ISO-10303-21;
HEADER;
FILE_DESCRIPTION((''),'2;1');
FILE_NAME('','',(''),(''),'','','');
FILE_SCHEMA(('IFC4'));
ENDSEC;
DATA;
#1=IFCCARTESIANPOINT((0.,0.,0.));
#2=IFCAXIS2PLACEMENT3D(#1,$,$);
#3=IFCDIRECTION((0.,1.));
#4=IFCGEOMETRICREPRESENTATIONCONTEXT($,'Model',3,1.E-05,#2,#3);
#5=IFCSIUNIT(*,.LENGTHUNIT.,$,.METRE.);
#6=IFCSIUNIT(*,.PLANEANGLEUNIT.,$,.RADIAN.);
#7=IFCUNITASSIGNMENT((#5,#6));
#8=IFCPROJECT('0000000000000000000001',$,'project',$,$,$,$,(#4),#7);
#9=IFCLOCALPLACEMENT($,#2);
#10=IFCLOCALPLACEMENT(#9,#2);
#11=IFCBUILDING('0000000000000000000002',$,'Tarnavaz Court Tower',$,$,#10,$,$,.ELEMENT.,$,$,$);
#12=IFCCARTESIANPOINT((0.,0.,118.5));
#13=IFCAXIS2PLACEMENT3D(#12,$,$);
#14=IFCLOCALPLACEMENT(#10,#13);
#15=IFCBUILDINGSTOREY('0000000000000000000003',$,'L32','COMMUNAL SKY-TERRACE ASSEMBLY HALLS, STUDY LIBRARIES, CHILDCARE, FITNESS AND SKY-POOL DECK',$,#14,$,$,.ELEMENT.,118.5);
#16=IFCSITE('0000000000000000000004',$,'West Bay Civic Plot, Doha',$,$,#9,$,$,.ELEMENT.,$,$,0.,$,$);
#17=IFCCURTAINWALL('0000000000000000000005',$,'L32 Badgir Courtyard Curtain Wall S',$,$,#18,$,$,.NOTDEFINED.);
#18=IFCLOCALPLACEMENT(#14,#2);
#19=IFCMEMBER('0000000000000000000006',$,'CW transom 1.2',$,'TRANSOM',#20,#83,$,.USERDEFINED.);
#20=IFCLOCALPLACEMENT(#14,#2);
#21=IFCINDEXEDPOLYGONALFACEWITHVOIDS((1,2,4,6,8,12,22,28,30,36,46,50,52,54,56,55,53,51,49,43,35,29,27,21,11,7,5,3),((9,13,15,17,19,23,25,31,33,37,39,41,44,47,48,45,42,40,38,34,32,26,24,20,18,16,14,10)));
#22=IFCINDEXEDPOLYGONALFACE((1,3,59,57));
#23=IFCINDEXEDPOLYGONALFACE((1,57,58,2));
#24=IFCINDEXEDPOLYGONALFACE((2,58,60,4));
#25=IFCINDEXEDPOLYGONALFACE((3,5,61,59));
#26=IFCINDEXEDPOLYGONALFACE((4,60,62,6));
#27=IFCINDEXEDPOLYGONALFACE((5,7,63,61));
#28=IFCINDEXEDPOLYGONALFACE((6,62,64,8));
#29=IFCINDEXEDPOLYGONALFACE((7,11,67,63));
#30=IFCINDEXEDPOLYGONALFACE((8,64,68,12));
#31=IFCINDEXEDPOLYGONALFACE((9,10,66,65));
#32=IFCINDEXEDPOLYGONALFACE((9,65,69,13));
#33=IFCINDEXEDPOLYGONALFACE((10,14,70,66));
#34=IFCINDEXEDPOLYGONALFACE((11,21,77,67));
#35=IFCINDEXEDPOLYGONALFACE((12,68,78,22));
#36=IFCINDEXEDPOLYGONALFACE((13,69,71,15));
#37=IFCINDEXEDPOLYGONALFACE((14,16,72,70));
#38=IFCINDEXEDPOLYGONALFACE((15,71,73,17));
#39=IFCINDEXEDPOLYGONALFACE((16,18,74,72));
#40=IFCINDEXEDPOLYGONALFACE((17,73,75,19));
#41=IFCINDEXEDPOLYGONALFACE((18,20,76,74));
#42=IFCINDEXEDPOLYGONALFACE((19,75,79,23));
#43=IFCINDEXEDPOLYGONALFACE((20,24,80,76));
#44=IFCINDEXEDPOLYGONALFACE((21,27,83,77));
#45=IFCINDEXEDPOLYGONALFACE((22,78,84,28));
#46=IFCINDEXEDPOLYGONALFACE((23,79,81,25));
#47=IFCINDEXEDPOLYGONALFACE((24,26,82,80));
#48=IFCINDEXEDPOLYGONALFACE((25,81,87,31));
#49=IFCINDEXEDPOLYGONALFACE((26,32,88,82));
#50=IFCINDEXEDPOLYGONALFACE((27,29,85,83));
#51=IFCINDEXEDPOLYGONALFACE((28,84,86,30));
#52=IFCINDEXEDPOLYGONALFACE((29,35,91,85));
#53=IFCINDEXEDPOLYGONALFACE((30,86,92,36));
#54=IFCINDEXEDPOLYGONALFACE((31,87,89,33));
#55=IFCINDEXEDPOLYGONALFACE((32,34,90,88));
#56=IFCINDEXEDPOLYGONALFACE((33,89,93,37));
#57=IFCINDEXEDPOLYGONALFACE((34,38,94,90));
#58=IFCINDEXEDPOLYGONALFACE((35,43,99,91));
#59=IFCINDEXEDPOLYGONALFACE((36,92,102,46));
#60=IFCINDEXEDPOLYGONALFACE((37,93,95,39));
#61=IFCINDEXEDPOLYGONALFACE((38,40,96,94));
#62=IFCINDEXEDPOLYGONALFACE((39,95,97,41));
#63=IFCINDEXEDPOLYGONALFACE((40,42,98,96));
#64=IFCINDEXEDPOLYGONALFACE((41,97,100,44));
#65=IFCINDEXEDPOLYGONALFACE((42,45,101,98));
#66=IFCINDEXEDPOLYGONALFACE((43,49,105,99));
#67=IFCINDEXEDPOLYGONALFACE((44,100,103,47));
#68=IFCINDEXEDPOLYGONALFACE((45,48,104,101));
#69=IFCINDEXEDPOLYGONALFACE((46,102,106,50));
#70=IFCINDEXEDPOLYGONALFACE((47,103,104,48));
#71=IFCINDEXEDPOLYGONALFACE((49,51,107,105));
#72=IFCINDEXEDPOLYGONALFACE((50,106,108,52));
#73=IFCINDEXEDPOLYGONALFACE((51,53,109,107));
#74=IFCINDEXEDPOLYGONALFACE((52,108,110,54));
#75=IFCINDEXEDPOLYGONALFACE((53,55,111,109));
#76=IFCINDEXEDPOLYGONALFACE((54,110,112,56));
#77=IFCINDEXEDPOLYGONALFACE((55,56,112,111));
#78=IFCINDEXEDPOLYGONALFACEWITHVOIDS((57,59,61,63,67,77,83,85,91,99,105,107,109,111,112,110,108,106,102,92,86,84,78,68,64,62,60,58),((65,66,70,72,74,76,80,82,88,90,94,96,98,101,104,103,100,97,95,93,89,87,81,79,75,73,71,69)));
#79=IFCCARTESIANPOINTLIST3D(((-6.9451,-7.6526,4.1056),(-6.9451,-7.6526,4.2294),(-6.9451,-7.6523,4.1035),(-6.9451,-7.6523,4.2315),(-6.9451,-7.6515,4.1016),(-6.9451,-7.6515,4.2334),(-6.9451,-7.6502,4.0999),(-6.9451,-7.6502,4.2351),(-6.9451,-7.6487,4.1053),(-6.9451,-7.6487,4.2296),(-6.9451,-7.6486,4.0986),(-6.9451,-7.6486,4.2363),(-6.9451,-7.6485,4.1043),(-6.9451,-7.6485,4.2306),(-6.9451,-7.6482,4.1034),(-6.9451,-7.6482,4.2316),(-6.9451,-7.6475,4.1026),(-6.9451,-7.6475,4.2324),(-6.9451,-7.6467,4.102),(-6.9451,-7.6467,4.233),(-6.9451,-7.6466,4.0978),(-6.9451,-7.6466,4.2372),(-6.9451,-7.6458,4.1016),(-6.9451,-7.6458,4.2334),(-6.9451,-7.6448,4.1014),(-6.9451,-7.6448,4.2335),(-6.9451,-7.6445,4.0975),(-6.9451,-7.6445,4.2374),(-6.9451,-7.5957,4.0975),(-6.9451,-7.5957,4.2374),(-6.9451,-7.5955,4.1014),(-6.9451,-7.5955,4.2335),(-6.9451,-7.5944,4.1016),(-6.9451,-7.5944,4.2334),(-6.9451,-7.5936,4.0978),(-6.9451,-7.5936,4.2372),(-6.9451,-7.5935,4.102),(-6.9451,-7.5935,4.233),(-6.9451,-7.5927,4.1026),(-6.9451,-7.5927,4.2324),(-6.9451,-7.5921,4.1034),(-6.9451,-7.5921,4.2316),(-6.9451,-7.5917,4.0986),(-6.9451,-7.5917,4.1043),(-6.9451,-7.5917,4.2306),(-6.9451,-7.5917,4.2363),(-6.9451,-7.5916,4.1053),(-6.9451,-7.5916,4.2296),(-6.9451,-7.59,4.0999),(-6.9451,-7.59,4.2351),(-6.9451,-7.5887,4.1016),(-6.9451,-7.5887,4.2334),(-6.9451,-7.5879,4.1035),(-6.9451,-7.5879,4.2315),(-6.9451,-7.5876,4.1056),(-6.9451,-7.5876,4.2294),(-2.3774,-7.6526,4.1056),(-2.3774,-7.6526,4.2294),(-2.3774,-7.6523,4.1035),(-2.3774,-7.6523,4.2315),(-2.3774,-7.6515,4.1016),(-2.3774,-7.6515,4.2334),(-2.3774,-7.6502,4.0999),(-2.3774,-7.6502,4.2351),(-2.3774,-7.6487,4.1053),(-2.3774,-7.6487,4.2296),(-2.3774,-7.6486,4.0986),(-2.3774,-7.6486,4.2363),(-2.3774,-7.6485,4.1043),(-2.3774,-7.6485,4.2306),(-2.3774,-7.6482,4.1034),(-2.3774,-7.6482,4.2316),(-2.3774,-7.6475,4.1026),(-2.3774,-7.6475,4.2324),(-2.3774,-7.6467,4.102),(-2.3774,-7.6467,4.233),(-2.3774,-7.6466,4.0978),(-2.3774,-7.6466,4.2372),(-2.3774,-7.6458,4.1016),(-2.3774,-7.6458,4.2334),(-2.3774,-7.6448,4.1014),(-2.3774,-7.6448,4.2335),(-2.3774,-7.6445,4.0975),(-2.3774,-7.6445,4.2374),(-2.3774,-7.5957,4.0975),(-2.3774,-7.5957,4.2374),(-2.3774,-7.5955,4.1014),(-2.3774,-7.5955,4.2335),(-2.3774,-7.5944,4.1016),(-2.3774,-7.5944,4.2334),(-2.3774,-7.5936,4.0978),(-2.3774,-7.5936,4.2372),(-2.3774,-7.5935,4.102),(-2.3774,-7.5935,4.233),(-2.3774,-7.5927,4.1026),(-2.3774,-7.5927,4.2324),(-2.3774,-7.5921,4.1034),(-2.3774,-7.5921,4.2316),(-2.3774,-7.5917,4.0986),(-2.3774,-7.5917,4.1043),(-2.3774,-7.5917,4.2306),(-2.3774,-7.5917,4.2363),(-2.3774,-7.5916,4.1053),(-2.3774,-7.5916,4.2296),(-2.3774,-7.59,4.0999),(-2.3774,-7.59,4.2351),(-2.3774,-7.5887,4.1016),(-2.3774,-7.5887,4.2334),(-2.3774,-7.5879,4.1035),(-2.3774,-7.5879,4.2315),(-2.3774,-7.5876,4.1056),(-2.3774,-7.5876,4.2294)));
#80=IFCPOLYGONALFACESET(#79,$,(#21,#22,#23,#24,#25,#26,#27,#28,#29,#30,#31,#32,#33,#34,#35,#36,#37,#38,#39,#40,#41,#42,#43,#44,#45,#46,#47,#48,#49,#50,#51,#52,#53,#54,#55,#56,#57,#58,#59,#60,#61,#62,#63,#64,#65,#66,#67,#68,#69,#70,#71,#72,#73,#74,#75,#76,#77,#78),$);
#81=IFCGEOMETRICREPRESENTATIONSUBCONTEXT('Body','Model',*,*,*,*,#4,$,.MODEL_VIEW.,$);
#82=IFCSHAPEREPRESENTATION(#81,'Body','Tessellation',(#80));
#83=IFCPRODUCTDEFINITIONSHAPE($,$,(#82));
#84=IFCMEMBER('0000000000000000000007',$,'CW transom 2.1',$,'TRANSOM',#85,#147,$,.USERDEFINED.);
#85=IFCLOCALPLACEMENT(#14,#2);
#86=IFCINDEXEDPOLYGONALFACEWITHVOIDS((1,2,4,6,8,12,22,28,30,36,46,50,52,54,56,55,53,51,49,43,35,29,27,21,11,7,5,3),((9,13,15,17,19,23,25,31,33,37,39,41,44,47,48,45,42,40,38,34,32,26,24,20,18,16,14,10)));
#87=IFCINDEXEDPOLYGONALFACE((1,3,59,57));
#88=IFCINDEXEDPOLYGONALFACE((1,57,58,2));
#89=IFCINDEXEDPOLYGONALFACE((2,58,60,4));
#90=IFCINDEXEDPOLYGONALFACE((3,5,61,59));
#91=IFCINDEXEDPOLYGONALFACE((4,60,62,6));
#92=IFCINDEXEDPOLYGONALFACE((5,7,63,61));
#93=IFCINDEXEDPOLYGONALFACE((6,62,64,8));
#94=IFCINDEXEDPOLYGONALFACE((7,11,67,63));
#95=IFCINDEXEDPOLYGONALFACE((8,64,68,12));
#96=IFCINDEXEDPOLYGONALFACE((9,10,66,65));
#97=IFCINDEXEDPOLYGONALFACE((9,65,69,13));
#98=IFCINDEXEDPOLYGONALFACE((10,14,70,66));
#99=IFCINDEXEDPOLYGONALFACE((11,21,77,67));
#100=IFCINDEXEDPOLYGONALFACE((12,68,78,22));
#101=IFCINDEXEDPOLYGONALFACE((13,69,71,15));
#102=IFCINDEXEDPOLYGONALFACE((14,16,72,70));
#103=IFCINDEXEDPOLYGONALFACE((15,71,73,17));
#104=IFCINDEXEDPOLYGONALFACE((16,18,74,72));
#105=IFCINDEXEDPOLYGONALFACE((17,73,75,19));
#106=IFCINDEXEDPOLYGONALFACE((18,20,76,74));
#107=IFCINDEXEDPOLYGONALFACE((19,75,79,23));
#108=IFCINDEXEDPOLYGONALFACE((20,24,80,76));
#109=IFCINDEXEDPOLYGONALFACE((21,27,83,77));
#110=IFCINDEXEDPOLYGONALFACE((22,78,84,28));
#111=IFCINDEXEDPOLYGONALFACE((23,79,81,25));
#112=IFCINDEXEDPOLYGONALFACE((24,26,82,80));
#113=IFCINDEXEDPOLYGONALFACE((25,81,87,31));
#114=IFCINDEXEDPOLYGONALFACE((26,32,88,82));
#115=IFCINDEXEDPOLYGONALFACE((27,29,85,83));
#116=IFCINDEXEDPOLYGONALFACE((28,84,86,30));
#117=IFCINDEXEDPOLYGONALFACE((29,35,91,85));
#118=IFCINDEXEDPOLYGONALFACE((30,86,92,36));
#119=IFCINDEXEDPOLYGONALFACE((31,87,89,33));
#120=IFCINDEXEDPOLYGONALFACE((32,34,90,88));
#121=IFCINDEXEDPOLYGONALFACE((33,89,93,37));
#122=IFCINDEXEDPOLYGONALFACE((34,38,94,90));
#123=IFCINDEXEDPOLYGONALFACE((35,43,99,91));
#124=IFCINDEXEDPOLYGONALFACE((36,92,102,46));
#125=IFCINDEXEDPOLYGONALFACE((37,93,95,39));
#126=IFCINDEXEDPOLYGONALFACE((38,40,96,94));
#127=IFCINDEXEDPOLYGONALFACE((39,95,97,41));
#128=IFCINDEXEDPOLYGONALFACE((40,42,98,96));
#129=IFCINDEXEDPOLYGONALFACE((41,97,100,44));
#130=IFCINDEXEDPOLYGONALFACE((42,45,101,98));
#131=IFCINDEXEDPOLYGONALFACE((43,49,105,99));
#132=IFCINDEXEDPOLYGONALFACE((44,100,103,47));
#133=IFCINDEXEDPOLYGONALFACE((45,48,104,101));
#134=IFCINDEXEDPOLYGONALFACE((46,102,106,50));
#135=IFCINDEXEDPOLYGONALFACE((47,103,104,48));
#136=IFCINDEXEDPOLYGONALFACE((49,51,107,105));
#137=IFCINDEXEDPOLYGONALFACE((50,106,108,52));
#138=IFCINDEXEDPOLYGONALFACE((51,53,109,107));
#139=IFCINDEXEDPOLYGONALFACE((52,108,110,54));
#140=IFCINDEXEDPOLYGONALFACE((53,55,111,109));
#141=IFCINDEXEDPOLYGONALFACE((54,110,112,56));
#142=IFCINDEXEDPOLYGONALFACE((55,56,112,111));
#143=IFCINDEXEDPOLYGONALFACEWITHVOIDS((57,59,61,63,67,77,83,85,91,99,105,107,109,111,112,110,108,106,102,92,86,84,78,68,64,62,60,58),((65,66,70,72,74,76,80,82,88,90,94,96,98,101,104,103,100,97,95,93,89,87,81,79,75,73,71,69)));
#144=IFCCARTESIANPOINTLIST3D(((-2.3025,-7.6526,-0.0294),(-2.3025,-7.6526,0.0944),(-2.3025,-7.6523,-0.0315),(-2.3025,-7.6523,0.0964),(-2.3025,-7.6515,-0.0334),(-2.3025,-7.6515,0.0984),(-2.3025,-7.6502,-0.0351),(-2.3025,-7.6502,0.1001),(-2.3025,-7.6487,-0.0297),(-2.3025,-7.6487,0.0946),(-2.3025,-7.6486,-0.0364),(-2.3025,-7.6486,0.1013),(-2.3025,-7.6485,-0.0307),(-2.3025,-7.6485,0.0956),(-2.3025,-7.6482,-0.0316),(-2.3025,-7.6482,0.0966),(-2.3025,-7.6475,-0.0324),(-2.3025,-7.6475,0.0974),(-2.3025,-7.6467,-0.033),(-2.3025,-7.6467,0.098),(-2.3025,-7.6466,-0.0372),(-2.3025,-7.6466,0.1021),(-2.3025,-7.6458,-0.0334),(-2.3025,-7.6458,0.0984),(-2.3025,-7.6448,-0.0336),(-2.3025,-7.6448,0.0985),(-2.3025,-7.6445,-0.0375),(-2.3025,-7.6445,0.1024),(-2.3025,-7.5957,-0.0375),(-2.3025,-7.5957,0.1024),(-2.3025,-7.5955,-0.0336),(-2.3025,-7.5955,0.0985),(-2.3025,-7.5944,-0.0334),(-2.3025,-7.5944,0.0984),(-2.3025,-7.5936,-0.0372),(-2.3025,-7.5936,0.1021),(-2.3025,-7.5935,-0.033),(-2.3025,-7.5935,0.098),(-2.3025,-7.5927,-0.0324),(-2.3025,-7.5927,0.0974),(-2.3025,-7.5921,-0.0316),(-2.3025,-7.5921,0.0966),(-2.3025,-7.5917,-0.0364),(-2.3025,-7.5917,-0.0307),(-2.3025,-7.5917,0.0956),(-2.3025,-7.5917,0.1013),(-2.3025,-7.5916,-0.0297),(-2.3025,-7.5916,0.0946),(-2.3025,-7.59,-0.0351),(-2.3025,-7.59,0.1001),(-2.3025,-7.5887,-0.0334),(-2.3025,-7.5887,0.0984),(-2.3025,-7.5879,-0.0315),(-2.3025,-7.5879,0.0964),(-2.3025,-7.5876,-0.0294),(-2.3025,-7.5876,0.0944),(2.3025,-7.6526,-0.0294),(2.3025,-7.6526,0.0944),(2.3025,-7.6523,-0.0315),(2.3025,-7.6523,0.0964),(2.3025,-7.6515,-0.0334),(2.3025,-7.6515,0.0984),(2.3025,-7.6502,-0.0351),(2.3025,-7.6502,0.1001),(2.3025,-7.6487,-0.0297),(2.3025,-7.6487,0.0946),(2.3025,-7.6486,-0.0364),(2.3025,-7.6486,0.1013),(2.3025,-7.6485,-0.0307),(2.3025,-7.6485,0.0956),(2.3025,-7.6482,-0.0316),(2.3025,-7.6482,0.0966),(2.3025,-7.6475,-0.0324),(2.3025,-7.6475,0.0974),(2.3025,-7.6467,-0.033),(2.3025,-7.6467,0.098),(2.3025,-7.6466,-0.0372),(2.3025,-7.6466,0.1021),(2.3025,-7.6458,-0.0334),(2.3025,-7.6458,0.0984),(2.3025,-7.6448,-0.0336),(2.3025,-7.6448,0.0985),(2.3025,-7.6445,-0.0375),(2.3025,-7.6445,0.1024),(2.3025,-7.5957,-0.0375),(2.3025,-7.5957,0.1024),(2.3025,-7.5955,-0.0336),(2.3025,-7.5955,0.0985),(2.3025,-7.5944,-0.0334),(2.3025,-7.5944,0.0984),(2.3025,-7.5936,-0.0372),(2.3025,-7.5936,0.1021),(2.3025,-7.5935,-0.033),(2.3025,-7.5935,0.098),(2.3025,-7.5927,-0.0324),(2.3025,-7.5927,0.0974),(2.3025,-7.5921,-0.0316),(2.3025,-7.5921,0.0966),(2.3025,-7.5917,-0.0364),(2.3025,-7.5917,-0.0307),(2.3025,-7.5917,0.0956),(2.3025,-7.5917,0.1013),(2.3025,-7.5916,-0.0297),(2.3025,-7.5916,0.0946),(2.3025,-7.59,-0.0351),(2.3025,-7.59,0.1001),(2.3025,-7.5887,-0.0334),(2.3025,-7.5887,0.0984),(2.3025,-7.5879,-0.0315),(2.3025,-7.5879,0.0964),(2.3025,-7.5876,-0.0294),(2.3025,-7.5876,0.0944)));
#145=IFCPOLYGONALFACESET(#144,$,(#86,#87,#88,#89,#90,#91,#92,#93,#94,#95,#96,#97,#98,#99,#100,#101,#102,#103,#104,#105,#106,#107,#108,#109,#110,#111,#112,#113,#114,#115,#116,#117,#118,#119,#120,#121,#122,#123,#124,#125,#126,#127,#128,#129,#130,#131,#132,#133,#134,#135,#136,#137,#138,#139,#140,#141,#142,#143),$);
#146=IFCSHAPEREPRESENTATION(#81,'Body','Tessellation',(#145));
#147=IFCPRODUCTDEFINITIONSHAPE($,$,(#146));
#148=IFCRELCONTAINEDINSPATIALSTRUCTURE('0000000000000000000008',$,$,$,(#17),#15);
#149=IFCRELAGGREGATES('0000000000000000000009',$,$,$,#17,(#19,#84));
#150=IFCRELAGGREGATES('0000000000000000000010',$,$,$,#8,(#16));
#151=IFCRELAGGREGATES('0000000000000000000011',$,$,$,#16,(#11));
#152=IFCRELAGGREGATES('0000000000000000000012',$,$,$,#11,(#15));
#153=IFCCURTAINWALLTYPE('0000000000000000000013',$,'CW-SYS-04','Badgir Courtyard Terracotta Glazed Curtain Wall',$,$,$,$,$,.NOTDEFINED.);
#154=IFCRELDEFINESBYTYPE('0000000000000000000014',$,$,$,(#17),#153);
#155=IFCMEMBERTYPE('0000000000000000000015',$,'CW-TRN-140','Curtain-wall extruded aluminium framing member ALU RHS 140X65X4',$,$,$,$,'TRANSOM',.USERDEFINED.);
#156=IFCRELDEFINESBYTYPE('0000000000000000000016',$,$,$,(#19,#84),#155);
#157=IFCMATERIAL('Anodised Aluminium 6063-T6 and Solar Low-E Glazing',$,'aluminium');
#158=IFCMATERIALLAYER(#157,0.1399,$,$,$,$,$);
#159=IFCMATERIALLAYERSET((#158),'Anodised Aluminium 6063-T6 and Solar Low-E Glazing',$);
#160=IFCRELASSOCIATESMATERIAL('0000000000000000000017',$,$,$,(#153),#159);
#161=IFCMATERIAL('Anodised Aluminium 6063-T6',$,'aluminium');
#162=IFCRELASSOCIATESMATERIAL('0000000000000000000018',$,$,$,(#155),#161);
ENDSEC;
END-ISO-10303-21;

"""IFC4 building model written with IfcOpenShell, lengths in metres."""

from ifc_helpers import new_model, si_unit, direction, frame, origin, origin_2d, place, context, subcontext, project, spatial, hollow_rectangle, extrude, material, layer, layer_set, material_profile, profile_set, type_object, element, aggregate, save


model = new_model("IFC4")

# Units and contexts
model_context = context("Model", 3, precision=1e-05, world=origin(), true_north=direction((0.0, 1.0)))
body_context = subcontext(model_context, "Body", "Model", "MODEL_VIEW")
ifc_project = project(units=[si_unit("LENGTHUNIT", "METRE"), si_unit("PLANEANGLEUNIT", "RADIAN")], contexts=[model_context])

# Site, building, storey
site_placement = place(None, origin())
site = spatial("IfcSite", under=ifc_project, at=site_placement, Name="West Bay Civic Plot, Doha", CompositionType="ELEMENT", RefElevation=0.0)
building_placement = place(site_placement, origin())
building = spatial("IfcBuilding", under=site, at=building_placement, Name="Tarnavaz Court Tower", CompositionType="ELEMENT")
storey_placement = place(building_placement, frame((0.0, 0.0, 118.5)))
storey = spatial("IfcBuildingStorey", under=building, at=storey_placement, Name="L32", Description="COMMUNAL SKY-TERRACE ASSEMBLY HALLS, STUDY LIBRARIES, CHILDCARE, FITNESS AND SKY-POOL DECK", CompositionType="ELEMENT", Elevation=118.5)

# Curtain wall, members
ifc_material_1 = material(Name="Anodised Aluminium 6063-T6 and Solar Low-E Glazing", Category="aluminium")
ifc_layer_1 = layer(ifc_material_1, 0.1399)
ifc_layer_set_1 = layer_set([ifc_layer_1], Name="Anodised Aluminium 6063-T6 and Solar Low-E Glazing")
curtain_wall_type = type_object("IfcCurtainWallType", Name="CW-SYS-04", Description="Badgir Courtyard Terracotta Glazed Curtain Wall", PredefinedType="NOTDEFINED", material=ifc_layer_set_1)
curtain_wall_placement = place(storey_placement, origin())
curtain_wall = element("IfcCurtainWall", 1, at=curtain_wall_placement, inside=storey, type_object=curtain_wall_type, Name="L32 Badgir Courtyard Curtain Wall S", PredefinedType="NOTDEFINED")
ifc_material_2 = material(Name="Anodised Aluminium 6063-T6", Category="aluminium")
ifc_material_profile_1 = material_profile(ifc_material_2, hollow_rectangle(XDim=0.0649, YDim=0.1399, WallThickness=0.0039, InnerFilletRadius=0.0039, OuterFilletRadius=0.0081, at=origin_2d()), Name="ALU RHS 140X65X4")
ifc_profile_set_1 = profile_set([ifc_material_profile_1], Name="Anodised Aluminium 6063-T6")
member_type_1 = type_object("IfcMemberType", Name="CW-TRN-140", Description="Curtain-wall extruded aluminium framing member ALU RHS 140X65X4", ElementType="TRANSOM", PredefinedType="USERDEFINED", material=ifc_profile_set_1)
member_1_placement = place(storey_placement, frame((-6.9451, -7.6201, 4.1675), z_axis=(1.0, 0.0, 0.0), x_axis=(0.0, 1.0, 0.0)))
member_1 = element("IfcMember", 2, at=member_1_placement, type_object=member_type_1, Name="CW transom 1.2", ObjectType="TRANSOM", PredefinedType="USERDEFINED", context=body_context, shape_type="SweptSolid", body=[
    extrude(hollow_rectangle(XDim=0.0649, YDim=0.1399, WallThickness=0.0039, InnerFilletRadius=0.0039, OuterFilletRadius=0.0081, at=origin_2d()), origin(), (0.0, 0.0, 1.0), 4.5676),
])
member_2_placement = place(storey_placement, frame((-2.3025, -7.6201, 0.0325), z_axis=(1.0, 0.0, 0.0), x_axis=(0.0, 1.0, 0.0)))
member_2 = element("IfcMember", 3, at=member_2_placement, type_object=member_type_1, Name="CW transom 2.1", ObjectType="TRANSOM", PredefinedType="USERDEFINED", context=body_context, shape_type="SweptSolid", body=[
    extrude(hollow_rectangle(XDim=0.0649, YDim=0.1399, WallThickness=0.0039, InnerFilletRadius=0.0039, OuterFilletRadius=0.0081, at=origin_2d()), origin(), (0.0, 0.0, 1.0), 4.605),
])
aggregate(curtain_wall, [member_1, member_2])

save(model, "model.ifc")
